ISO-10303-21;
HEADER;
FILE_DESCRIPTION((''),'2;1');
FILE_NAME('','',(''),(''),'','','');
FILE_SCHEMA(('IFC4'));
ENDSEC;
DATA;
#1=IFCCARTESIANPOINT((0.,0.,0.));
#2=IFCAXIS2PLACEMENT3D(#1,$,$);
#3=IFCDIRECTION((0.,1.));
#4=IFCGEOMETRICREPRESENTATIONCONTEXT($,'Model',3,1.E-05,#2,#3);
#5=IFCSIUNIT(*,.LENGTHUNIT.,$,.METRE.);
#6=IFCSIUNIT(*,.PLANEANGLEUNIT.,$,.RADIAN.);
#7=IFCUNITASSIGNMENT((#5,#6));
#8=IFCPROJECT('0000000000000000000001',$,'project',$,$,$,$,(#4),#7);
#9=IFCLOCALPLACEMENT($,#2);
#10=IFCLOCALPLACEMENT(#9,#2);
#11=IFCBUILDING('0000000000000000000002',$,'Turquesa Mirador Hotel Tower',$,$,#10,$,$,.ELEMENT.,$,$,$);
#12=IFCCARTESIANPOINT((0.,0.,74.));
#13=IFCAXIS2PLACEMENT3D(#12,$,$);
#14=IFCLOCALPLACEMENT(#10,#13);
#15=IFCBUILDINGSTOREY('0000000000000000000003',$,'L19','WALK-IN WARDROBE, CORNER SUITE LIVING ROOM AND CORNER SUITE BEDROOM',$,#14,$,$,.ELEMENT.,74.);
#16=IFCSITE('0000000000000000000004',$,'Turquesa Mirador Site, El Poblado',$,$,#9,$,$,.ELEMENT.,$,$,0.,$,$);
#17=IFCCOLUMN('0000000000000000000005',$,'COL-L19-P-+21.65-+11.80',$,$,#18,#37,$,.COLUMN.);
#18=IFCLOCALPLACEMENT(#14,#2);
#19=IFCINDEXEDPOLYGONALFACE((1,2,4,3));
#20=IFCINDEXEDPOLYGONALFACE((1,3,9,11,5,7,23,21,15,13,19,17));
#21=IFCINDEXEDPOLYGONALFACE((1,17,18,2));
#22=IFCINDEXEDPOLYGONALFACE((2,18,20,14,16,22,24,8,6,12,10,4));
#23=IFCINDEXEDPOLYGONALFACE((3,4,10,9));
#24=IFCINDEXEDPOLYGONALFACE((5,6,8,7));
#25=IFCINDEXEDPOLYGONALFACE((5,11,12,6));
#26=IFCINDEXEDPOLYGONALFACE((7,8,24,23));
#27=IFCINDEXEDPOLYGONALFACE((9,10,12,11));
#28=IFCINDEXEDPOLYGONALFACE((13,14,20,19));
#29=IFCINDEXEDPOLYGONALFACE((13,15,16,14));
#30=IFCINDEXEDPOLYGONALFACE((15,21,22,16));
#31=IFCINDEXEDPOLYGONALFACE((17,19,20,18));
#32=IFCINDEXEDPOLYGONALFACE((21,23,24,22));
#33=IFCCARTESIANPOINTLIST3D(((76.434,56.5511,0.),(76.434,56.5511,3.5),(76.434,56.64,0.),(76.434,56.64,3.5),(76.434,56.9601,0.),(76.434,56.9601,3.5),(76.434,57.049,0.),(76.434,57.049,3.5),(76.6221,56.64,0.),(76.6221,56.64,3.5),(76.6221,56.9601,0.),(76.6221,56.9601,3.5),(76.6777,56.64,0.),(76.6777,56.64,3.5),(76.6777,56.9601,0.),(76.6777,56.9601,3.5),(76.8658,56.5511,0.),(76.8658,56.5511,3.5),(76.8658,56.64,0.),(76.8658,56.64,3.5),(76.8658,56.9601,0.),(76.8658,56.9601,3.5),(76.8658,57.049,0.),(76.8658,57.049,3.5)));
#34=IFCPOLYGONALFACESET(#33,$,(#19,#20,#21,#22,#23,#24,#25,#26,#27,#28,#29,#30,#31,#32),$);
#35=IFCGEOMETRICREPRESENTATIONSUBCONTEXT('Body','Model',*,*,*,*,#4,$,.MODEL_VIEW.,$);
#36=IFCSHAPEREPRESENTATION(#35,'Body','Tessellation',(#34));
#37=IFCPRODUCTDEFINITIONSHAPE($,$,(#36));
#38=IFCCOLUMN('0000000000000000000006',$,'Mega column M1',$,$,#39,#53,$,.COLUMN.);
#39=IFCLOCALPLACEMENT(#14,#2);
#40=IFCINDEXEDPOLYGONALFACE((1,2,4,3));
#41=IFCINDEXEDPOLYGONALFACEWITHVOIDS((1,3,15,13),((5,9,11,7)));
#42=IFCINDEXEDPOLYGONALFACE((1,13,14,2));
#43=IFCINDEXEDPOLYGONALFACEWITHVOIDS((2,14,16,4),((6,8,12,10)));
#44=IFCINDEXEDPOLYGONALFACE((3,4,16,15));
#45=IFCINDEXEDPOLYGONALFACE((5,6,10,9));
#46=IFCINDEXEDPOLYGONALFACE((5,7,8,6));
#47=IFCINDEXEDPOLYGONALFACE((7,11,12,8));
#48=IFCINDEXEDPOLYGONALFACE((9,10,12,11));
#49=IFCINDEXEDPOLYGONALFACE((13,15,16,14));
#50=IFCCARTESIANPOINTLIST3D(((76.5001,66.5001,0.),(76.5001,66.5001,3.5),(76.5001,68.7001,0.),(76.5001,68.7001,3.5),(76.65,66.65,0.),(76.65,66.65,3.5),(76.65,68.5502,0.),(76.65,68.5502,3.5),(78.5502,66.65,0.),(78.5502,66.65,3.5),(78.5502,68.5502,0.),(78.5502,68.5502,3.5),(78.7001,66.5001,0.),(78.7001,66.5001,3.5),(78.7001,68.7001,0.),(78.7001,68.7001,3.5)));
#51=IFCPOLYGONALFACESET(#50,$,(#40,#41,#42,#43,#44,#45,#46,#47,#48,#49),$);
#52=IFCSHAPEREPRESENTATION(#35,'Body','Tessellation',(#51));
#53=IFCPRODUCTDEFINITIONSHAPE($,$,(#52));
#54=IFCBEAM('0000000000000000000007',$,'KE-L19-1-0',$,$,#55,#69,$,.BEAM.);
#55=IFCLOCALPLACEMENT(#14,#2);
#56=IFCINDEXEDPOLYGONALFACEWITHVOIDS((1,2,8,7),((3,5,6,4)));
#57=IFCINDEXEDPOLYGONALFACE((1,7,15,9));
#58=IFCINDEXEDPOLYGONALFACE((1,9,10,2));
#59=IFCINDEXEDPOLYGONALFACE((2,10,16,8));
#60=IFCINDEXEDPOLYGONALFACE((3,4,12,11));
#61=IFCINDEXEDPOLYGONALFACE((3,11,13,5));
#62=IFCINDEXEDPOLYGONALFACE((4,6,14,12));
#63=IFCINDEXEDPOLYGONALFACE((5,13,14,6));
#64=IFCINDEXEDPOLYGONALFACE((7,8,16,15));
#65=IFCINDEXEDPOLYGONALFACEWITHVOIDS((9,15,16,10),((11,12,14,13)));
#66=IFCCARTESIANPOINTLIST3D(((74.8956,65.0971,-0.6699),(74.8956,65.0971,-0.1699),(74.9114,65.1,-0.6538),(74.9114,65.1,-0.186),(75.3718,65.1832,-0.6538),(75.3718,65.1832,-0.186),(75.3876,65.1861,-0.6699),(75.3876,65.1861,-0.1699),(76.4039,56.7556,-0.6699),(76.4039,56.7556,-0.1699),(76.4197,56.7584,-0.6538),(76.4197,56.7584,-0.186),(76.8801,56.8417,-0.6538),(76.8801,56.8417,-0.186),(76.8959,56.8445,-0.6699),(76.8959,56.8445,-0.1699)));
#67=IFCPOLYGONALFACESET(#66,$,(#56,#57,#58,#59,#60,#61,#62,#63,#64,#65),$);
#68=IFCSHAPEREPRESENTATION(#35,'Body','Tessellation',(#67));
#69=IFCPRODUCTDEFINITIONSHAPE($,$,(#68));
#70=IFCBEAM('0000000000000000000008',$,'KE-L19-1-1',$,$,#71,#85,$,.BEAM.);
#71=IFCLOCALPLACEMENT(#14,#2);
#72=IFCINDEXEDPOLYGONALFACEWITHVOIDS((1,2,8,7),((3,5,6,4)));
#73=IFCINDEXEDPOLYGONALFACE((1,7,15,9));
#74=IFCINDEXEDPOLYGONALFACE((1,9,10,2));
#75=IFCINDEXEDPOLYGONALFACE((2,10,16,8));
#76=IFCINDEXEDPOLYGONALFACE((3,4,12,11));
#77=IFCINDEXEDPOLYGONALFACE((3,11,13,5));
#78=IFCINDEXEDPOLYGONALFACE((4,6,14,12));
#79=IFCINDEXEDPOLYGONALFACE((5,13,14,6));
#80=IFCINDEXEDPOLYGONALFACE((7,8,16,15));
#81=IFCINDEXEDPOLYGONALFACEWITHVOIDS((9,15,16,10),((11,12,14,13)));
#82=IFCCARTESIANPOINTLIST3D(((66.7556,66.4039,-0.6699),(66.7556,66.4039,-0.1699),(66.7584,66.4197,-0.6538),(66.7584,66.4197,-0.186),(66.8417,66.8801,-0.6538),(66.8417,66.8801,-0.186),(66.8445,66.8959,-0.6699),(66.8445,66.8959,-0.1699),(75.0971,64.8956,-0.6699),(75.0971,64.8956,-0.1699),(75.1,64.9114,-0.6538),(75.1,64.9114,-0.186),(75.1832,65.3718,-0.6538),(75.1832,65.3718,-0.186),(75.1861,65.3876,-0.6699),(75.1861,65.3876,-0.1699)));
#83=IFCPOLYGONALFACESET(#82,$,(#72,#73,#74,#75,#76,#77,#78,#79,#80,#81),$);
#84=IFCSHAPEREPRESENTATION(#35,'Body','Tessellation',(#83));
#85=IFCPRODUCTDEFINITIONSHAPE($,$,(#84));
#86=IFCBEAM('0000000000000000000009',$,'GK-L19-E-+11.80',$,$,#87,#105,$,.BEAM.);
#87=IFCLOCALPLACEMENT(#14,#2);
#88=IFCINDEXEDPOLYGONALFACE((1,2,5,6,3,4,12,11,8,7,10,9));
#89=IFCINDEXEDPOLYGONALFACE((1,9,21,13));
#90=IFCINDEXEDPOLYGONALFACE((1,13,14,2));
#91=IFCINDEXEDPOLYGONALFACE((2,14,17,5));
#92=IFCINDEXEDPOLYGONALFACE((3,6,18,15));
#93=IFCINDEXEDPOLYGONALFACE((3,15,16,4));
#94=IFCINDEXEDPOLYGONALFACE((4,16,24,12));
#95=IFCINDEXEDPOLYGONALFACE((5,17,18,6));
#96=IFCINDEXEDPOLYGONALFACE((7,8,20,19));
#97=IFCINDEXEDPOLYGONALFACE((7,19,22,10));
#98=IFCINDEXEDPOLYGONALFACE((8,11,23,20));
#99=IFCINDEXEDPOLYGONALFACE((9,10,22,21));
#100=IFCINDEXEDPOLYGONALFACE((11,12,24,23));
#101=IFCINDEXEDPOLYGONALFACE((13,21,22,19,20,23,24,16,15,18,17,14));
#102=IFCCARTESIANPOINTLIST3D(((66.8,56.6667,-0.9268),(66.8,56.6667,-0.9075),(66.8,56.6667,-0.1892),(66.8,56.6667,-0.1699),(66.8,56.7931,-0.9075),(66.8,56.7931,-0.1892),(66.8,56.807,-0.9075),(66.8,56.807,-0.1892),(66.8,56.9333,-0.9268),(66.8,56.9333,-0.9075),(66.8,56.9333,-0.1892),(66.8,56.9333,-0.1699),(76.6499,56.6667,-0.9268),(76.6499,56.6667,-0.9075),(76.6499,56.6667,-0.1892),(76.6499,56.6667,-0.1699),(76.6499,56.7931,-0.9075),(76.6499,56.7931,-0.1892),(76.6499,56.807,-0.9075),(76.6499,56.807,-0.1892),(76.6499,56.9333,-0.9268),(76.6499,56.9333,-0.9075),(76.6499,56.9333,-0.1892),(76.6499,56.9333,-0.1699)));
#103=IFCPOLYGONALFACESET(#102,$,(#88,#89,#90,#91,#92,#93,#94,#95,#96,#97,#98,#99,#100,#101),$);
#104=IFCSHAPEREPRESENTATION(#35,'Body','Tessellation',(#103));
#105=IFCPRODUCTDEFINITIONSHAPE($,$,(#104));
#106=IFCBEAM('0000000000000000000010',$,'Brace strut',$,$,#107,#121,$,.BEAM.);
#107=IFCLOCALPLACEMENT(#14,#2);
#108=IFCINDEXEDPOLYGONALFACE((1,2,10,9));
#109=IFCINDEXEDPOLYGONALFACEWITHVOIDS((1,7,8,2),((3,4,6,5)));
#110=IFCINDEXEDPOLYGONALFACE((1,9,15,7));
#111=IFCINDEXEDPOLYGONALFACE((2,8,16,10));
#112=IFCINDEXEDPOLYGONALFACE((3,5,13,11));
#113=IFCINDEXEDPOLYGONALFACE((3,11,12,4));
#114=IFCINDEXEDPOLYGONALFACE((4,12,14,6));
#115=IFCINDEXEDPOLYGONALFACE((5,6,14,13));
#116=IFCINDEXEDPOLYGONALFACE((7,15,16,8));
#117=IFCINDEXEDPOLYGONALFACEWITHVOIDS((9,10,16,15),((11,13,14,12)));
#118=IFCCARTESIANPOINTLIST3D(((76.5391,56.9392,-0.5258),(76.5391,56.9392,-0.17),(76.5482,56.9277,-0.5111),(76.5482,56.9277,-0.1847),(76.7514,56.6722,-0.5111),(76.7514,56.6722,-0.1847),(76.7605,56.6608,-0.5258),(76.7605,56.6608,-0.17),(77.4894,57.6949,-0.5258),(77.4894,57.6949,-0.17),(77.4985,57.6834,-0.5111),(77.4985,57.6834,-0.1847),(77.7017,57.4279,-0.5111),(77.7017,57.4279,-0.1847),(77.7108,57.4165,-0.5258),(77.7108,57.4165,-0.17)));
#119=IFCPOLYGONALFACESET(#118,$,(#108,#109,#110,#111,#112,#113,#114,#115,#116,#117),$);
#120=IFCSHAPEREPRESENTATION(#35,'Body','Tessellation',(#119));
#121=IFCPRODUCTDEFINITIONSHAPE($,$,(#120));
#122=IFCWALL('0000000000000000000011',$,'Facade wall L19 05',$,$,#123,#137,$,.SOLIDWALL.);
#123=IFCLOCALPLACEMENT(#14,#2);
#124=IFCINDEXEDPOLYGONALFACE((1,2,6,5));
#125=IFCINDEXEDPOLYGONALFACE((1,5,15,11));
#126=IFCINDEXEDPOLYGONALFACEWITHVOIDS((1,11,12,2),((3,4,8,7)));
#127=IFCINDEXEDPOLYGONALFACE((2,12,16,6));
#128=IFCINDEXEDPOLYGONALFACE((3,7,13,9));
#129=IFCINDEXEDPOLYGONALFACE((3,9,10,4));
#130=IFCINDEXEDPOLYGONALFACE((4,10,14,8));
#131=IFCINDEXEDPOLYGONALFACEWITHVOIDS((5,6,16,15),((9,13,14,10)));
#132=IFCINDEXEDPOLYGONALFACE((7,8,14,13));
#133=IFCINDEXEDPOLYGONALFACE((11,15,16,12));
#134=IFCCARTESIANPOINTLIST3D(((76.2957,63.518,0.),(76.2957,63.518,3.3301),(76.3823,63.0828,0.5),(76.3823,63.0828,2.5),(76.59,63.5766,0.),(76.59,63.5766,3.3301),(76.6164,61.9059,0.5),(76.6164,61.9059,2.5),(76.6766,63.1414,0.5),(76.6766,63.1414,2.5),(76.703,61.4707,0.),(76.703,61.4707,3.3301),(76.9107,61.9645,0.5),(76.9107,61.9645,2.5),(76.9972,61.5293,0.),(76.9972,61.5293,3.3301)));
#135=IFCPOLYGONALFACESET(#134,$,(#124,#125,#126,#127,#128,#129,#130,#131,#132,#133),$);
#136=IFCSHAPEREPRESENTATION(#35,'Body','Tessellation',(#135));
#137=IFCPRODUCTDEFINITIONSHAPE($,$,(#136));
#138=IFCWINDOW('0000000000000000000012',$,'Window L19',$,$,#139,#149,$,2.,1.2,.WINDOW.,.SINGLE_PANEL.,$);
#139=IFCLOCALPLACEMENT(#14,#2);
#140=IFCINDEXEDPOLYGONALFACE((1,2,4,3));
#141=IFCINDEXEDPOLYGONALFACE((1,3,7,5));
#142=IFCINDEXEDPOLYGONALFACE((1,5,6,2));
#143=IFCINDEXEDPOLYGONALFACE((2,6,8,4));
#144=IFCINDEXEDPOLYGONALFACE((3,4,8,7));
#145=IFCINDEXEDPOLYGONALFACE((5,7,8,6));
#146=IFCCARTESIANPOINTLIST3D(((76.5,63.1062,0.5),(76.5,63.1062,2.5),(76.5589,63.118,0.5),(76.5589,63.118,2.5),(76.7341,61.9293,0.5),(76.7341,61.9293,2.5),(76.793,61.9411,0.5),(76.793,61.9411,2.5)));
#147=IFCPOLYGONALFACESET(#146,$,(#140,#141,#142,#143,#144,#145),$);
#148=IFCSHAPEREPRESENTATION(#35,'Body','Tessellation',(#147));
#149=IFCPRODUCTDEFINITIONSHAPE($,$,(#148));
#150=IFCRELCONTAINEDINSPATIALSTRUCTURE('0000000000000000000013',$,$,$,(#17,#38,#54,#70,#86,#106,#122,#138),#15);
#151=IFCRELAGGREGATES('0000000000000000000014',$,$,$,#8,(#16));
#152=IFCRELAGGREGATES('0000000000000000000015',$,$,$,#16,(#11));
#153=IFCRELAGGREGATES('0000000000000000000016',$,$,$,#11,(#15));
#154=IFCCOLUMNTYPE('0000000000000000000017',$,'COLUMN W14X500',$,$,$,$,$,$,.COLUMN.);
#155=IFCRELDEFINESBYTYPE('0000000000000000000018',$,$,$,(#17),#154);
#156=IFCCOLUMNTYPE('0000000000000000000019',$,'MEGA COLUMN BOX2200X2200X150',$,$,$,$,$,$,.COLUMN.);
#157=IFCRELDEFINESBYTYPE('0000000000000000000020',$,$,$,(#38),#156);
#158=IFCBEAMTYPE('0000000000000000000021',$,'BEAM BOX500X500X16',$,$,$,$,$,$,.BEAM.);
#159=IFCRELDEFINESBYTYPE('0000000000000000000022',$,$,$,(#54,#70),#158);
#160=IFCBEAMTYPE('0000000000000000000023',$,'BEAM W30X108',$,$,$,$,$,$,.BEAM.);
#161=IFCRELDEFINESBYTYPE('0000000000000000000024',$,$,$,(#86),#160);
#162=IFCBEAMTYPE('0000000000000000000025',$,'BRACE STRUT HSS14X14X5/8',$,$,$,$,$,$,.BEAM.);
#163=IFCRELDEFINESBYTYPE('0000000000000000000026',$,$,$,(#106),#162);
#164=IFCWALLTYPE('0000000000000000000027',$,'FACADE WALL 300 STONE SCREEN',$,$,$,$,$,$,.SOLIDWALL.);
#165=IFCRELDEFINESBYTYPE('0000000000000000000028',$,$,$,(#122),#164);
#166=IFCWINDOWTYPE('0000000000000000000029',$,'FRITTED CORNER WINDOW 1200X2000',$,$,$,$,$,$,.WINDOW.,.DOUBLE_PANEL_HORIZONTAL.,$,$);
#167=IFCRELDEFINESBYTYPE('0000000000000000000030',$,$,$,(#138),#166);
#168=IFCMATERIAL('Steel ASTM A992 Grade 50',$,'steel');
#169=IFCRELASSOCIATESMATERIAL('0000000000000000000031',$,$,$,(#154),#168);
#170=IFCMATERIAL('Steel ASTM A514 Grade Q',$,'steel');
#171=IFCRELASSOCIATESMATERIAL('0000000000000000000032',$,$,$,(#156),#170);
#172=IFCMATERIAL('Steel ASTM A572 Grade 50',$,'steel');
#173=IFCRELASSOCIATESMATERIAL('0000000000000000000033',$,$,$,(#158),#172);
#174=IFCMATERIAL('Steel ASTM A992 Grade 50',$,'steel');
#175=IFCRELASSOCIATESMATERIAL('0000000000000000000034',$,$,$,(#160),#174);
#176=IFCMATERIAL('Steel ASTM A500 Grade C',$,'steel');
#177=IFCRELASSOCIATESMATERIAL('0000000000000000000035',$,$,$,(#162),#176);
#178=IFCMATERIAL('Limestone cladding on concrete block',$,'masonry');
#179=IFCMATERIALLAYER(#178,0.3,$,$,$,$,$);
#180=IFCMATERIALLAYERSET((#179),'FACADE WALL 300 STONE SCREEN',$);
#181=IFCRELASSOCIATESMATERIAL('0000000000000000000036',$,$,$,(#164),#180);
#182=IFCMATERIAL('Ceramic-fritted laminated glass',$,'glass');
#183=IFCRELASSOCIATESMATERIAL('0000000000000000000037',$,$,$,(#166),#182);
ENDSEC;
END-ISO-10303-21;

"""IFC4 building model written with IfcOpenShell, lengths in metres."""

from ifc_helpers import new_model, si_unit, direction, frame, frame_2d, origin, origin_2d, place, context, subcontext, project, spatial, rectangle, hollow_rectangle, i_section, extrude, material, layer, layer_set, material_profile, profile_set, type_object, element, fill, save


model = new_model("IFC4")

# Units and contexts
model_context = context("Model", 3, precision=1e-05, world=origin(), true_north=direction((0.0, 1.0)))
body_context = subcontext(model_context, "Body", "Model", "MODEL_VIEW")
ifc_project = project(units=[si_unit("LENGTHUNIT", "METRE"), si_unit("PLANEANGLEUNIT", "RADIAN")], contexts=[model_context])

# Site, building, storey
site_placement = place(None, origin())
site = spatial("IfcSite", under=ifc_project, at=site_placement, Name="Turquesa Mirador Site, El Poblado", CompositionType="ELEMENT", RefElevation=0.0)
building_placement = place(site_placement, origin())
building = spatial("IfcBuilding", under=site, at=building_placement, Name="Turquesa Mirador Hotel Tower", CompositionType="ELEMENT")
storey_placement = place(building_placement, frame((0.0, 0.0, 74.0)))
storey = spatial("IfcBuildingStorey", under=building, at=storey_placement, Name="L19", Description="WALK-IN WARDROBE, CORNER SUITE LIVING ROOM AND CORNER SUITE BEDROOM", CompositionType="ELEMENT", Elevation=74.0)

# Columns
ifc_material_1 = material(Name="Steel ASTM A992 Grade 50", Category="steel")
ifc_material_profile_1 = material_profile(ifc_material_1, i_section(OverallWidth=0.4319, OverallDepth=0.4978, WebThickness=0.0557, FlangeThickness=0.0889, at=origin_2d()), Name="W14X500")
ifc_profile_set_1 = profile_set([ifc_material_profile_1], Name="Steel ASTM A992 Grade 50")
column_type_1 = type_object("IfcColumnType", Name="COLUMN W14X500", PredefinedType="COLUMN", material=ifc_profile_set_1)
column_1_placement = place(storey_placement, frame((76.6499, 56.8, 0.0), z_axis=(0.0, 0.0, 1.0), x_axis=(1.0, 0.0, 0.0)))
element("IfcColumn", 1, at=column_1_placement, inside=storey, type_object=column_type_1, Name="COL-L19-P-+21.65-+11.80", PredefinedType="COLUMN", context=body_context, shape_type="SweptSolid", body=[
    extrude(i_section(OverallWidth=0.4319, OverallDepth=0.4978, WebThickness=0.0557, FlangeThickness=0.0889, at=origin_2d()), origin(), (0.0, 0.0, 1.0), 3.5),
])
ifc_material_2 = material(Name="Steel ASTM A514 Grade Q", Category="steel")
ifc_material_profile_2 = material_profile(ifc_material_2, hollow_rectangle(XDim=2.2, YDim=2.2, WallThickness=0.1499, at=origin_2d()), Name="BOX2200X2200X150")
ifc_profile_set_2 = profile_set([ifc_material_profile_2], Name="Steel ASTM A514 Grade Q")
column_type_2 = type_object("IfcColumnType", Name="MEGA COLUMN BOX2200X2200X150", PredefinedType="COLUMN", material=ifc_profile_set_2)
column_2_placement = place(storey_placement, frame((77.6001, 67.6001, 0.0), z_axis=(0.0, 0.0, 1.0), x_axis=(1.0, 0.0, 0.0)))
element("IfcColumn", 2, at=column_2_placement, inside=storey, type_object=column_type_2, Name="Mega column M1", PredefinedType="COLUMN", context=body_context, shape_type="SweptSolid", body=[
    extrude(hollow_rectangle(XDim=2.2, YDim=2.2, WallThickness=0.1499, at=origin_2d()), origin(), (0.0, 0.0, 1.0), 3.5),
])

# Beams
ifc_material_3 = material(Name="Steel ASTM A572 Grade 50", Category="steel")
ifc_material_profile_3 = material_profile(ifc_material_3, hollow_rectangle(XDim=0.5, YDim=0.5, WallThickness=0.0161, at=origin_2d()), Name="BOX500X500X16")
ifc_profile_set_3 = profile_set([ifc_material_profile_3], Name="Steel ASTM A572 Grade 50")
beam_type_1 = type_object("IfcBeamType", Name="BEAM BOX500X500X16", PredefinedType="BEAM", material=ifc_profile_set_3)
for number, where, z_axis, x_axis, name in (
    (3, (76.6499, 56.8, -0.4199), (-0.177932, 0.984043, 0.0), (-0.984043, -0.177932, 0.0), "KE-L19-1-0"),
    (4, (75.1416, 65.1416, -0.4199), (-0.984043, 0.177932, 0.0), (-0.177932, -0.984043, 0.0), "KE-L19-1-1"),
):
    element("IfcBeam", number, at=place(storey_placement, frame(where, z_axis=z_axis, x_axis=x_axis)), inside=storey, type_object=beam_type_1, Name=name, PredefinedType="BEAM", context=body_context, shape_type="SweptSolid", body=[
        extrude(hollow_rectangle(XDim=0.5, YDim=0.5, WallThickness=0.0161, at=origin_2d()), origin(), (0.0, 0.0, 1.0), 8.4768),
    ])
ifc_material_4 = material(Name="Steel ASTM A992 Grade 50", Category="steel")
ifc_material_profile_4 = material_profile(ifc_material_4, i_section(OverallWidth=0.2666, OverallDepth=0.7568, WebThickness=0.0139, FlangeThickness=0.0193, at=origin_2d()), Name="W30X108")
ifc_profile_set_4 = profile_set([ifc_material_profile_4], Name="Steel ASTM A992 Grade 50")
beam_type_2 = type_object("IfcBeamType", Name="BEAM W30X108", PredefinedType="BEAM", material=ifc_profile_set_4)
beam_1_placement = place(storey_placement, frame((76.6499, 56.8, -0.5483), z_axis=(-1.0, 0.0, 0.0), x_axis=(0.0, -1.0, 0.0)))
element("IfcBeam", 5, at=beam_1_placement, inside=storey, type_object=beam_type_2, Name="GK-L19-E-+11.80", PredefinedType="BEAM", context=body_context, shape_type="SweptSolid", body=[
    extrude(i_section(OverallWidth=0.2666, OverallDepth=0.7568, WebThickness=0.0139, FlangeThickness=0.0193, at=origin_2d()), origin(), (0.0, 0.0, 1.0), 9.8499),
])
ifc_material_5 = material(Name="Steel ASTM A500 Grade C", Category="steel")
ifc_material_profile_5 = material_profile(ifc_material_5, hollow_rectangle(XDim=0.3557, YDim=0.3557, WallThickness=0.0146, at=origin_2d()), Name="HSS14X14X5/8")
ifc_profile_set_5 = profile_set([ifc_material_profile_5], Name="Steel ASTM A500 Grade C")
beam_type_3 = type_object("IfcBeamType", Name="BRACE STRUT HSS14X14X5/8", PredefinedType="BEAM", material=ifc_profile_set_5)
beam_2_placement = place(storey_placement, frame((77.6001, 57.5557, -0.3479), z_axis=(-0.78269, -0.622412, 0.0), x_axis=(0.622412, -0.78269, 0.0)))
element("IfcBeam", 6, at=beam_2_placement, inside=storey, type_object=beam_type_3, Name="Brace strut", PredefinedType="BEAM", context=body_context, shape_type="SweptSolid", body=[
    extrude(hollow_rectangle(XDim=0.3557, YDim=0.3557, WallThickness=0.0146, at=origin_2d()), origin(), (0.0, 0.0, 1.0), 1.2141),
])

# Wall, opening, window
ifc_material_6 = material(Name="Limestone cladding on concrete block", Category="masonry")
ifc_layer = layer(ifc_material_6, 0.3)
ifc_layer_set = layer_set([ifc_layer], Name="FACADE WALL 300 STONE SCREEN")
wall_type = type_object("IfcWallType", Name="FACADE WALL 300 STONE SCREEN", PredefinedType="SOLIDWALL", material=ifc_layer_set)
wall_1_placement = place(storey_placement, frame((76.8501, 61.5, 0.0), z_axis=(0.0, 0.0, 1.0), x_axis=(-0.195081, 0.980787, 0.0)))
wall_1 = element("IfcWall", 7, at=wall_1_placement, inside=storey, type_object=wall_type, Name="Facade wall L19 05", PredefinedType="SOLIDWALL", context=body_context, shape_type="SweptSolid", body=[
    extrude(rectangle(XDim=2.0874, YDim=0.3, at=frame_2d((1.0437, 0.0))), origin(), (0.0, 0.0, 1.0), 3.3301),
])
opening_1_placement = place(wall_1_placement, frame((0.4436, 0.0, 0.5)))
opening_1 = element("IfcOpeningElement", 8, at=opening_1_placement, cuts=wall_1, PredefinedType="OPENING", context=body_context, shape_type="SweptSolid", body=[
    extrude(rectangle(XDim=1.2, YDim=2.0, at=frame_2d((0.6001, 1.0))), frame((0.0, 0.1599, 0.0), z_axis=(0.0, -1.0, 0.0), x_axis=(1.0, 0.0, 0.0)), (0.0, 0.0, 1.0), 0.3201),
])
ifc_material_7 = material(Name="Ceramic-fritted laminated glass", Category="glass")
window_type = type_object("IfcWindowType", Name="FRITTED CORNER WINDOW 1200X2000", PartitioningType="DOUBLE_PANEL_HORIZONTAL", PredefinedType="WINDOW", material=ifc_material_7)
window_1_placement = place(opening_1_placement, origin())
window_1 = element("IfcWindow", 9, at=window_1_placement, inside=storey, type_object=window_type, Name="Window L19", OverallHeight=2.0, OverallWidth=1.2, PartitioningType="SINGLE_PANEL", PredefinedType="WINDOW", context=body_context, shape_type="SweptSolid", body=[
    extrude(rectangle(XDim=1.2, YDim=2.0, at=frame_2d((0.6001, 1.0))), frame((0.0, 0.03, 0.0), z_axis=(0.0, -1.0, 0.0), x_axis=(1.0, 0.0, 0.0)), (0.0, 0.0, 1.0), 0.0601),
])
fill(opening_1, window_1)

save(model, "model.ifc")
